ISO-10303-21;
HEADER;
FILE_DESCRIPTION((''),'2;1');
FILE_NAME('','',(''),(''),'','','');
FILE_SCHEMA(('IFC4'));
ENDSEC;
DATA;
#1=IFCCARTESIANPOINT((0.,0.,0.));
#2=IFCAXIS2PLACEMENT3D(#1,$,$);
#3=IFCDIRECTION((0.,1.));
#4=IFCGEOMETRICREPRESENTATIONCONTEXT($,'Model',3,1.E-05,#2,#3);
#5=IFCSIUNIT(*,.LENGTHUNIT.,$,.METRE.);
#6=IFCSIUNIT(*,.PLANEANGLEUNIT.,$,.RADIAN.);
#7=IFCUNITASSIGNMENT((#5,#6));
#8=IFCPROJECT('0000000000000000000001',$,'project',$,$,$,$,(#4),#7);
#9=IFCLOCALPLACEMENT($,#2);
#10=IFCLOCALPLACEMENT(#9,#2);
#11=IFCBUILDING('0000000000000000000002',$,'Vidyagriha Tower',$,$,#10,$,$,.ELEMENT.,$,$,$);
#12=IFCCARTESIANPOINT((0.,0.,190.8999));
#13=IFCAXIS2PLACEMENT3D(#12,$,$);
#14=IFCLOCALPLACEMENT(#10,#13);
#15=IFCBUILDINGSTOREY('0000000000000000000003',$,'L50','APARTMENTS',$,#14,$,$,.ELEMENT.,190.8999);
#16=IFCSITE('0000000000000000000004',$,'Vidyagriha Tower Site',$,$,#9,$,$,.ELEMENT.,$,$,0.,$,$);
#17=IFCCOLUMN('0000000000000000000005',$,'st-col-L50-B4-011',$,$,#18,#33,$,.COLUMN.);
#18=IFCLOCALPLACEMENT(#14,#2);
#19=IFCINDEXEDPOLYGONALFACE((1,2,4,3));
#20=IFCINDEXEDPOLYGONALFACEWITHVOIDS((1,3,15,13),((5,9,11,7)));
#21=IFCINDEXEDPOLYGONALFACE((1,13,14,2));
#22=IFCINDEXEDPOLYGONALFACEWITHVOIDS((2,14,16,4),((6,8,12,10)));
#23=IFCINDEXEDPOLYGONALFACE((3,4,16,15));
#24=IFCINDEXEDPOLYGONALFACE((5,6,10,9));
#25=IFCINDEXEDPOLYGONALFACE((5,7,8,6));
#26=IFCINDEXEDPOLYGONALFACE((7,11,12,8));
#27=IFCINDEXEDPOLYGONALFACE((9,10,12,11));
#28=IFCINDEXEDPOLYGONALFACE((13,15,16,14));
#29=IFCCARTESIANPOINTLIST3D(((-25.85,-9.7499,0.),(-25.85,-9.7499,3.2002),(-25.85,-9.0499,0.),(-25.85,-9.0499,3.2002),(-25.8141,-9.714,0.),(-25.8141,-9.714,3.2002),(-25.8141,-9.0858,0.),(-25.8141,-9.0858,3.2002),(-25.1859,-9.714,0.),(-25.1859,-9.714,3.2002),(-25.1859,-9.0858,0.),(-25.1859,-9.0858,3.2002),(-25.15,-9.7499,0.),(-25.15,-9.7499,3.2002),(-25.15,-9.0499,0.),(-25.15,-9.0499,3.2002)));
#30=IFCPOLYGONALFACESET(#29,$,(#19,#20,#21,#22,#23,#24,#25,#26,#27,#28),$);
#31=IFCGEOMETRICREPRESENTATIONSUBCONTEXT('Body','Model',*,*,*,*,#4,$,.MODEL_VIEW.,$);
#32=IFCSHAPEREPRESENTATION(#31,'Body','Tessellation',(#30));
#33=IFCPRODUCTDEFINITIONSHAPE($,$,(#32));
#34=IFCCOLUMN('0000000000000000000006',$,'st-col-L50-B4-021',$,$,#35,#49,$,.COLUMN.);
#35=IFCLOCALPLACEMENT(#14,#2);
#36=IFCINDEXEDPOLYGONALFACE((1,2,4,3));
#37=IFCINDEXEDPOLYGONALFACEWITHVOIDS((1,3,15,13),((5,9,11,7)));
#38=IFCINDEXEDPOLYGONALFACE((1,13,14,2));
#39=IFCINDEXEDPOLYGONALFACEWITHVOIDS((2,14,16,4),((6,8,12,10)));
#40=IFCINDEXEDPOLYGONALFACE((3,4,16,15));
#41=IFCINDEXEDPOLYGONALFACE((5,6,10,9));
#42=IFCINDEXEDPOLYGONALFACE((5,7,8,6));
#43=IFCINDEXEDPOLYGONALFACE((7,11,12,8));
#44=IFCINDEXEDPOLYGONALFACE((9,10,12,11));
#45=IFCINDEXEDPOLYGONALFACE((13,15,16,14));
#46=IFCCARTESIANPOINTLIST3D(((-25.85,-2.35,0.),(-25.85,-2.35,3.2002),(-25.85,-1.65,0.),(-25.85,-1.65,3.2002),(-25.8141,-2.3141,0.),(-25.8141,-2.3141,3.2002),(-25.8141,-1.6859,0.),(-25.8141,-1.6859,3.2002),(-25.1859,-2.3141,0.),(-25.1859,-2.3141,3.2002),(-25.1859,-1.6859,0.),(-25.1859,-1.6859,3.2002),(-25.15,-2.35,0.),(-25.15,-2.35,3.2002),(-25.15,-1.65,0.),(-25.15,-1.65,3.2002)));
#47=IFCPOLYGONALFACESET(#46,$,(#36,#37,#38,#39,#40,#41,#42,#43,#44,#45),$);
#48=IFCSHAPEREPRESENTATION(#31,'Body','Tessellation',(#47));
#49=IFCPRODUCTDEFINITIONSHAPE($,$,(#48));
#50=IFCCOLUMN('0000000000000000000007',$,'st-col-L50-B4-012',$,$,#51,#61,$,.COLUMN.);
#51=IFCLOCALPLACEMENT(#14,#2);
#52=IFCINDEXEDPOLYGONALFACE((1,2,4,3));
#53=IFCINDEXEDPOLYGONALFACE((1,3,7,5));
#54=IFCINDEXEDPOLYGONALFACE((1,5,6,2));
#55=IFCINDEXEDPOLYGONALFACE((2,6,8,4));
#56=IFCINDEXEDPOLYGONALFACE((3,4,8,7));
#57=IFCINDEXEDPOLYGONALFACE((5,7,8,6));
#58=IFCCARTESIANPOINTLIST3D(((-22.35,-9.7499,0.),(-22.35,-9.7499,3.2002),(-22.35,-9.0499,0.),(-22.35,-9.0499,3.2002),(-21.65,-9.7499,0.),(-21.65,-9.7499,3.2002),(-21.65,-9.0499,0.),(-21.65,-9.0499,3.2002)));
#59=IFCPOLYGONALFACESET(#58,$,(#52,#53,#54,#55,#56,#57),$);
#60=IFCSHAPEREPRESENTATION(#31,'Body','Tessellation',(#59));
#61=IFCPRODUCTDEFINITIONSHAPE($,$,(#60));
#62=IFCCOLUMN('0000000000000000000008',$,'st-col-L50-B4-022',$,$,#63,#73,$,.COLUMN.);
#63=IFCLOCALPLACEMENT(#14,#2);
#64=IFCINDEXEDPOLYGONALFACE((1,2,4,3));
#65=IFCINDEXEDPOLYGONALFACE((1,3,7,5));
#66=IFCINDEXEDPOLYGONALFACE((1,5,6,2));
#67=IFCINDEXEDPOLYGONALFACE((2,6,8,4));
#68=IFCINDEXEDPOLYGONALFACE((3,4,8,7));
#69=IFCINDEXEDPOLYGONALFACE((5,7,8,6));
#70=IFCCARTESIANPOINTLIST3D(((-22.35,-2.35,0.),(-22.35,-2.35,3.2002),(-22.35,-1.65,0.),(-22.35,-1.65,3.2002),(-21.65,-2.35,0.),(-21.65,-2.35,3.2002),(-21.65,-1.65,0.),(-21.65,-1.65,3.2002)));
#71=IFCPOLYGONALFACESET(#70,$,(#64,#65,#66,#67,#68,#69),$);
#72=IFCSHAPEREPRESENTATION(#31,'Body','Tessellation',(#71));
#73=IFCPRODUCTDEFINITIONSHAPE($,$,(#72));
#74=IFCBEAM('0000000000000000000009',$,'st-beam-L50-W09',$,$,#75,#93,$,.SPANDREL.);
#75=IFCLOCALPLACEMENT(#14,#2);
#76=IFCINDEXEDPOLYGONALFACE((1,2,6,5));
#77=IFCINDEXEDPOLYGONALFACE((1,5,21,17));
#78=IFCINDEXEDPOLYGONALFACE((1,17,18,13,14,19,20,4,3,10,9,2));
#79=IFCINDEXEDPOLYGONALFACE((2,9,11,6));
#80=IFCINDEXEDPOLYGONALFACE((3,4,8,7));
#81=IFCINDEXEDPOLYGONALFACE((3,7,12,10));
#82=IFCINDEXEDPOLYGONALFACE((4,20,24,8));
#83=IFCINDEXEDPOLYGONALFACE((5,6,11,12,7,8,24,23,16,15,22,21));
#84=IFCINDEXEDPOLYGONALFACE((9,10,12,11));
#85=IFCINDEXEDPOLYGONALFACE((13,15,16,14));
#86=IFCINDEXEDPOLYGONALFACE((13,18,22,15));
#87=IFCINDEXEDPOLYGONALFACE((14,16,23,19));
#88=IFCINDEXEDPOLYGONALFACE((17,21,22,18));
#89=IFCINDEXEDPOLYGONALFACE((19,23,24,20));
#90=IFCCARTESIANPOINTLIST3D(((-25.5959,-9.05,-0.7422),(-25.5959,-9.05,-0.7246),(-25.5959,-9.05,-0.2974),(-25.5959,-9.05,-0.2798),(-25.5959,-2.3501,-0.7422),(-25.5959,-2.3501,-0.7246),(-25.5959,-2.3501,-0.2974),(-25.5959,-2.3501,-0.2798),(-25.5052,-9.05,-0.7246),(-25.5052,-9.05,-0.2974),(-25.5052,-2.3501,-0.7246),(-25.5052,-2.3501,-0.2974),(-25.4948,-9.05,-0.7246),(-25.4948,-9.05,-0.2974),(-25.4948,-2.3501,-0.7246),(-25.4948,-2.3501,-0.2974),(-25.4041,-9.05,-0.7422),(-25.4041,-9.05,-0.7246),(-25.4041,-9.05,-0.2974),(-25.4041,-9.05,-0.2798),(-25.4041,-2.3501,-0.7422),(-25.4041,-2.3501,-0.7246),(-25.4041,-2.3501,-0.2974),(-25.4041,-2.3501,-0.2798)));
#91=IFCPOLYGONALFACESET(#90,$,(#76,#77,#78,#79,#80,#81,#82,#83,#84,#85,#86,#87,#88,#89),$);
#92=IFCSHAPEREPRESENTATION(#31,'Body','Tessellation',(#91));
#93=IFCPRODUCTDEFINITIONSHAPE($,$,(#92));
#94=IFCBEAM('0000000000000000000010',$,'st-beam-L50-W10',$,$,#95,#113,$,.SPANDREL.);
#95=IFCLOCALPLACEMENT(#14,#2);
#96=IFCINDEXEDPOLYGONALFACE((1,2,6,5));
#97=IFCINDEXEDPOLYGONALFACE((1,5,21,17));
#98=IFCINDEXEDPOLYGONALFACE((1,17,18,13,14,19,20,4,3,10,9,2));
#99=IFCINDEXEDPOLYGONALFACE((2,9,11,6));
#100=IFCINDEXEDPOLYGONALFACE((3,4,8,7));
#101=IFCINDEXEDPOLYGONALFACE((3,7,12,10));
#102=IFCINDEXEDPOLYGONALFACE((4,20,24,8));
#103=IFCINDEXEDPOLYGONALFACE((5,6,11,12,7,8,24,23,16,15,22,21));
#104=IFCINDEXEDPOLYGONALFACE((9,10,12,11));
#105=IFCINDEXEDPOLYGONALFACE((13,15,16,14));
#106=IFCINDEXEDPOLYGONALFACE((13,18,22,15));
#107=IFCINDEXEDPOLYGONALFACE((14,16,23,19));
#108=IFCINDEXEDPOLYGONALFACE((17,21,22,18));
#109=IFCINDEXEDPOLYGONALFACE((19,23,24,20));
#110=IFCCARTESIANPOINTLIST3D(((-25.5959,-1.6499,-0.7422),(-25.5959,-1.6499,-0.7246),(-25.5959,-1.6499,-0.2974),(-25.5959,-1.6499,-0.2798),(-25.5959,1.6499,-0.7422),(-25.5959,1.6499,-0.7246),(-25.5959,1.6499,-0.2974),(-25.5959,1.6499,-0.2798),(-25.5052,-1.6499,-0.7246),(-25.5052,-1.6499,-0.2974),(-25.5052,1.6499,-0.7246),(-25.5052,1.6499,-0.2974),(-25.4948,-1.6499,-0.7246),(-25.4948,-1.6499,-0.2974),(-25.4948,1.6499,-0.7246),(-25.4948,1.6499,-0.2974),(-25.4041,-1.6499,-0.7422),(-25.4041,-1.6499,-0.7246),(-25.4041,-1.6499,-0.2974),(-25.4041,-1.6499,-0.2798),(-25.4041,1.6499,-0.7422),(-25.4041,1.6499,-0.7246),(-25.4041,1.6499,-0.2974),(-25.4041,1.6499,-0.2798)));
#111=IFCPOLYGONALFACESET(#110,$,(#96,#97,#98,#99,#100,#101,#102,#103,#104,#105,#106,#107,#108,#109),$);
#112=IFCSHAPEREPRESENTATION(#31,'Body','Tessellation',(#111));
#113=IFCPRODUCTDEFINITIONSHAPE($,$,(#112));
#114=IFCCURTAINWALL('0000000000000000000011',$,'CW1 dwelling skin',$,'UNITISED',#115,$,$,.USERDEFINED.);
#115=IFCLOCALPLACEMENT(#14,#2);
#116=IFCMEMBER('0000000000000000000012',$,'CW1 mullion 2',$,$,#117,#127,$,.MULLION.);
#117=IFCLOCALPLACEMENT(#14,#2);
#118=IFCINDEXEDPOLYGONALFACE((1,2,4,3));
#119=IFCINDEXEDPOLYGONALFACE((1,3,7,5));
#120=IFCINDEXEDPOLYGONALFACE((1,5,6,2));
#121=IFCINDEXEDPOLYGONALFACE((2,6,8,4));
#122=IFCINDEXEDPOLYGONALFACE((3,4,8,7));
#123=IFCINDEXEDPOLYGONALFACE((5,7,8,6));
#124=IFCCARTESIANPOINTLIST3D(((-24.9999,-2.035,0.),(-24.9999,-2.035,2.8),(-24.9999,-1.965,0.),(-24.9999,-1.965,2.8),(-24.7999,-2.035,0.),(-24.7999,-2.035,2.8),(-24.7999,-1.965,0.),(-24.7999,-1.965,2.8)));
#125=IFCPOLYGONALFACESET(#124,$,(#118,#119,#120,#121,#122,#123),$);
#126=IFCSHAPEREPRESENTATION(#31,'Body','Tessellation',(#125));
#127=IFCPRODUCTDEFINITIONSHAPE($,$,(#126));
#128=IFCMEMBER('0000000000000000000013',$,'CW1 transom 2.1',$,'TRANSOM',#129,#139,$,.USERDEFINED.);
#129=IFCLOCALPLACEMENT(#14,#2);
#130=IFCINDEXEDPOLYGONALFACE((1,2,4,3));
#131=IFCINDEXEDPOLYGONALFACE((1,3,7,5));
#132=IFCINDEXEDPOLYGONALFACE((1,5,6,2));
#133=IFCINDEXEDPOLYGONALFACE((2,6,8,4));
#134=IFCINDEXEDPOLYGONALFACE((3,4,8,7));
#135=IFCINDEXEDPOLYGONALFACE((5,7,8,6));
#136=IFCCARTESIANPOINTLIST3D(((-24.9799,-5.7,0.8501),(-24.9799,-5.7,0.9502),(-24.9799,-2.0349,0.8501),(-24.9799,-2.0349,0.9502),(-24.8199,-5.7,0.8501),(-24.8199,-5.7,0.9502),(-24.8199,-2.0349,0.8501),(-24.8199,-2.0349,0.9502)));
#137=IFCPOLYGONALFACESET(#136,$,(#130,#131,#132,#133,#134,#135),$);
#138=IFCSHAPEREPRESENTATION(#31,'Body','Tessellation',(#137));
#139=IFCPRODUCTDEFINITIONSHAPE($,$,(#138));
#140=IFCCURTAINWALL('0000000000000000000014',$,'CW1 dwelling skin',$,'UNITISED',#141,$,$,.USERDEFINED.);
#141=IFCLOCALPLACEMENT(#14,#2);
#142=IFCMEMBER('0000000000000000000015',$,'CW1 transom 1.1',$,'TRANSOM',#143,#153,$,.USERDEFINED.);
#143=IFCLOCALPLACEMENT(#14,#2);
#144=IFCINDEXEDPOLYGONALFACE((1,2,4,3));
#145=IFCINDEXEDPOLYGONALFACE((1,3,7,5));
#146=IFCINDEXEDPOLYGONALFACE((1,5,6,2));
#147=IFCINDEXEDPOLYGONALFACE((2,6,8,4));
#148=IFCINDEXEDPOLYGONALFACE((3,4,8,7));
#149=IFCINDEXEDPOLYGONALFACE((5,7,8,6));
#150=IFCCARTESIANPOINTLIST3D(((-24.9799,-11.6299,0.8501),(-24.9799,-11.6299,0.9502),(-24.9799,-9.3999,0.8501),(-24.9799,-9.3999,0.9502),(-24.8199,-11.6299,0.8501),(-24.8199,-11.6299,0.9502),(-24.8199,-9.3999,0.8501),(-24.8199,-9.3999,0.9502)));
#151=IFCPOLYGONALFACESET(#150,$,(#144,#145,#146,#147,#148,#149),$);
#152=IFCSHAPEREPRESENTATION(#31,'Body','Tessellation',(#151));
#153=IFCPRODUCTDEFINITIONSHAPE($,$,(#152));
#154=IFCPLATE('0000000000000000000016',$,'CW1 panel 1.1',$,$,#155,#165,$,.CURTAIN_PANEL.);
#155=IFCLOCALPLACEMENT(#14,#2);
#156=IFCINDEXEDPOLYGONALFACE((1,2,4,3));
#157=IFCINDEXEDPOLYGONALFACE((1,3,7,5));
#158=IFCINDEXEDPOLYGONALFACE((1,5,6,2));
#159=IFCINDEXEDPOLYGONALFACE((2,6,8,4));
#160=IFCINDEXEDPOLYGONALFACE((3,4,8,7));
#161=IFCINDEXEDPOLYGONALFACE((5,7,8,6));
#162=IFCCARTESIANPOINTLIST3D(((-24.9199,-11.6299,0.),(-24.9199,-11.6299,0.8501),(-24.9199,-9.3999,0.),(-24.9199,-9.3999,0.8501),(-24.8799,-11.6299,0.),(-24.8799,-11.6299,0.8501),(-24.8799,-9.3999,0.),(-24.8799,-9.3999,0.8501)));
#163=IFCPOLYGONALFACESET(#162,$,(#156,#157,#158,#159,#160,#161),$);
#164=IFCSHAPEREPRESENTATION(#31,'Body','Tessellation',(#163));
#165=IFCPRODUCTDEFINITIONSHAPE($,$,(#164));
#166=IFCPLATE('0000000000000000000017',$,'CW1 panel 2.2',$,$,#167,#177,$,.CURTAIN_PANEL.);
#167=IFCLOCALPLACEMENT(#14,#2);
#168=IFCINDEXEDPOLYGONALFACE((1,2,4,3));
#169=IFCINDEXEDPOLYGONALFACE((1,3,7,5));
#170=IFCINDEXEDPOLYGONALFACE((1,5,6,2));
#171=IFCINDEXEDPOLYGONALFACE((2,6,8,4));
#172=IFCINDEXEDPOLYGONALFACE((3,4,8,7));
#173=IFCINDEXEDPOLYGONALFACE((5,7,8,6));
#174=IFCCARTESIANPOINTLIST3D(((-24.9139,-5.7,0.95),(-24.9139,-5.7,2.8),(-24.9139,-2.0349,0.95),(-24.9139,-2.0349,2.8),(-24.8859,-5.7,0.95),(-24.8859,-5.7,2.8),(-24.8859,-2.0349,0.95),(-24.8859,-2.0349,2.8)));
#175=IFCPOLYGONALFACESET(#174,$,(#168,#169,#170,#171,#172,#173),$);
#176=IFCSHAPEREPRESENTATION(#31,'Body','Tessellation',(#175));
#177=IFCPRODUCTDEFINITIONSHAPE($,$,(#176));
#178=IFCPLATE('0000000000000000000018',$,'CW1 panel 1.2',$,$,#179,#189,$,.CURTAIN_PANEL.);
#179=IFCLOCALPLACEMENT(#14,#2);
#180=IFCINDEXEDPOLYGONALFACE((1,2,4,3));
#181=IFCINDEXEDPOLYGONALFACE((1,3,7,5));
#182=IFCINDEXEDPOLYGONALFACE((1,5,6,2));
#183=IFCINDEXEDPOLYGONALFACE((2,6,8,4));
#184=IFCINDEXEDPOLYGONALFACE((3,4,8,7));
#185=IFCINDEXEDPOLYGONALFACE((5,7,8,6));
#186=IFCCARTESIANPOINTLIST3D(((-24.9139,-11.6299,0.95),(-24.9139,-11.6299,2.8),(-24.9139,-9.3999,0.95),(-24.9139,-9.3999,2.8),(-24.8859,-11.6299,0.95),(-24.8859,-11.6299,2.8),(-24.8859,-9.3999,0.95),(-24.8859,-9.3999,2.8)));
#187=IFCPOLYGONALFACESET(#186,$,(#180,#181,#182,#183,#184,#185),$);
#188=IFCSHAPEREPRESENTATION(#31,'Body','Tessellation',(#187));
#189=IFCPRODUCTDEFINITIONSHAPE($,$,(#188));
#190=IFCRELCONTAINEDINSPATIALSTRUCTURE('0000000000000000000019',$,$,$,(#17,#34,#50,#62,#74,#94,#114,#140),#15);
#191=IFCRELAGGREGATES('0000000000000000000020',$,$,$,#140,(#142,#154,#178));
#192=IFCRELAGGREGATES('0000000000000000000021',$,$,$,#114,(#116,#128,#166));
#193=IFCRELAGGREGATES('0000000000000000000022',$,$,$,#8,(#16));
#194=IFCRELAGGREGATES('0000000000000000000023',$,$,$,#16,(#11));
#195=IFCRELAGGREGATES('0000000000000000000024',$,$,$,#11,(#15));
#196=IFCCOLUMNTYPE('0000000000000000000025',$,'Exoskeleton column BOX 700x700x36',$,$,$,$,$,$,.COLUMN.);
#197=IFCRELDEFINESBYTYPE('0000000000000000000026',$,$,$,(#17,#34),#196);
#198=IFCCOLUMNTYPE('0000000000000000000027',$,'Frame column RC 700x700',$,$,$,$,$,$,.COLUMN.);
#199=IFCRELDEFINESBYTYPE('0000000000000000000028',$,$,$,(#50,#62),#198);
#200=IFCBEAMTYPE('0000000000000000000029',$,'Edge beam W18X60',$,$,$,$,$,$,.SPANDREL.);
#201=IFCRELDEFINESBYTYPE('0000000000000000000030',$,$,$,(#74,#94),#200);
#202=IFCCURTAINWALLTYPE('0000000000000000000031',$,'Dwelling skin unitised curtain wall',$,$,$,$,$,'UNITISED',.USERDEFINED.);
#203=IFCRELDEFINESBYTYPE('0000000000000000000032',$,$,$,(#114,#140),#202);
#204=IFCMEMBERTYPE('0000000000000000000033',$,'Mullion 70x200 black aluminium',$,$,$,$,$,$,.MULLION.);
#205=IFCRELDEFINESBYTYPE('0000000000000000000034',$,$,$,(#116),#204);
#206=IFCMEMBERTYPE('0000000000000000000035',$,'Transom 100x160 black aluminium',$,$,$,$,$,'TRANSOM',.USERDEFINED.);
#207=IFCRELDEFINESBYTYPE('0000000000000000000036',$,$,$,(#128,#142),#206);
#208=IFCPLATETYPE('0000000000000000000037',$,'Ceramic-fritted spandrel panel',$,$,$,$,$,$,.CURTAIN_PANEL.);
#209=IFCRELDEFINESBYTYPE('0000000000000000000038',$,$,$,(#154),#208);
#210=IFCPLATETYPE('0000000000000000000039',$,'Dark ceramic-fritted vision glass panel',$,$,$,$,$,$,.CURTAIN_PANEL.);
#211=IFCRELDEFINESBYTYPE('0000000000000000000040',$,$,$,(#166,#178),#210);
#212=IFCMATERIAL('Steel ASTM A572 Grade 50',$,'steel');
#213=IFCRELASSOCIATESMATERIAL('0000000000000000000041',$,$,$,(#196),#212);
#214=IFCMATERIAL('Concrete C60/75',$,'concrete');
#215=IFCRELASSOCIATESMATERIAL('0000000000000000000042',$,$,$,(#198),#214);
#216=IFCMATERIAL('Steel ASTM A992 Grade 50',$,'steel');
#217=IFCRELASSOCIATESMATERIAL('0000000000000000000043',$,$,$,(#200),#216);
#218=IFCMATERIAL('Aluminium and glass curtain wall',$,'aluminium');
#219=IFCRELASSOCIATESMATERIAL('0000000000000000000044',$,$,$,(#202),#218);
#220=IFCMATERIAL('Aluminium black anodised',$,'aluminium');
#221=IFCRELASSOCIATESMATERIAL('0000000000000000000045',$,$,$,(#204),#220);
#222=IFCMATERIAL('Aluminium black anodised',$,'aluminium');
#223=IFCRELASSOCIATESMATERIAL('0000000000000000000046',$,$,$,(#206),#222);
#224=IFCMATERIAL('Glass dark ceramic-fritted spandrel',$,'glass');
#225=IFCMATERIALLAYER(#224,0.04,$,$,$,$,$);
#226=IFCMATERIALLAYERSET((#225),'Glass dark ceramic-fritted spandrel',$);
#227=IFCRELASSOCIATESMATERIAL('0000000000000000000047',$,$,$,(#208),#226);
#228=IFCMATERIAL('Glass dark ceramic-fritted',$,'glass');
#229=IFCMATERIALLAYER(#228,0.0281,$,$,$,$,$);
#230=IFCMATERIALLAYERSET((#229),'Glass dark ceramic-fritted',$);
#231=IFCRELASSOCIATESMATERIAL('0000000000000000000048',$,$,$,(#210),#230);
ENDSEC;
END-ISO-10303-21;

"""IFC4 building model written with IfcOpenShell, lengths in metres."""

from ifc_helpers import new_model, si_unit, direction, frame, origin, origin_2d, place, context, subcontext, project, spatial, rectangle, hollow_rectangle, i_section, extrude, material, layer, layer_set, material_profile, profile_set, type_object, element, aggregate, save


model = new_model("IFC4")

# Units and contexts
model_context = context("Model", 3, precision=1e-05, world=origin(), true_north=direction((0.0, 1.0)))
body_context = subcontext(model_context, "Body", "Model", "MODEL_VIEW")
ifc_project = project(units=[si_unit("LENGTHUNIT", "METRE"), si_unit("PLANEANGLEUNIT", "RADIAN")], contexts=[model_context])

# Site, building, storey
site_placement = place(None, origin())
site = spatial("IfcSite", under=ifc_project, at=site_placement, Name="Vidyagriha Tower Site", CompositionType="ELEMENT", RefElevation=0.0)
building_placement = place(site_placement, origin())
building = spatial("IfcBuilding", under=site, at=building_placement, Name="Vidyagriha Tower", CompositionType="ELEMENT")
storey_placement = place(building_placement, frame((0.0, 0.0, 190.8999)))
storey = spatial("IfcBuildingStorey", under=building, at=storey_placement, Name="L50", Description="APARTMENTS", CompositionType="ELEMENT", Elevation=190.8999)

# Columns
ifc_material_1 = material(Name="Steel ASTM A572 Grade 50", Category="steel")
ifc_material_profile_1 = material_profile(ifc_material_1, hollow_rectangle(XDim=0.7, YDim=0.7, WallThickness=0.0359, at=origin_2d()), Name="BOX 700x700x36")
ifc_profile_set_1 = profile_set([ifc_material_profile_1], Name="Steel ASTM A572 Grade 50")
column_type_1 = type_object("IfcColumnType", Name="Exoskeleton column BOX 700x700x36", PredefinedType="COLUMN", material=ifc_profile_set_1)
for number, where, name in (
    (1, (-25.5, -9.3999, 0.0), "st-col-L50-B4-011"),
    (2, (-25.5, -2.0, 0.0), "st-col-L50-B4-021"),
):
    element("IfcColumn", number, at=place(storey_placement, frame(where)), inside=storey, type_object=column_type_1, Name=name, PredefinedType="COLUMN", context=body_context, shape_type="SweptSolid", body=[
        extrude(hollow_rectangle(XDim=0.7, YDim=0.7, WallThickness=0.0359, at=origin_2d()), origin(), (0.0, 0.0, 1.0), 3.2002),
    ])
ifc_material_2 = material(Name="Concrete C60/75", Category="concrete")
ifc_material_profile_2 = material_profile(ifc_material_2, rectangle(XDim=0.7, YDim=0.7, at=origin_2d()), Name="RC 700x700")
ifc_profile_set_2 = profile_set([ifc_material_profile_2], Name="Concrete C60/75")
column_type_2 = type_object("IfcColumnType", Name="Frame column RC 700x700", PredefinedType="COLUMN", material=ifc_profile_set_2)
for number, where, name in (
    (3, (-22.0, -9.3999, 0.0), "st-col-L50-B4-012"),
    (4, (-22.0, -2.0, 0.0), "st-col-L50-B4-022"),
):
    element("IfcColumn", number, at=place(storey_placement, frame(where)), inside=storey, type_object=column_type_2, Name=name, PredefinedType="COLUMN", context=body_context, shape_type="SweptSolid", body=[
        extrude(rectangle(XDim=0.7, YDim=0.7, at=origin_2d()), origin(), (0.0, 0.0, 1.0), 3.2002),
    ])

# Beams
ifc_material_3 = material(Name="Steel ASTM A992 Grade 50", Category="steel")
ifc_material_profile_3 = material_profile(ifc_material_3, i_section(OverallWidth=0.1919, OverallDepth=0.4624, WebThickness=0.0105, FlangeThickness=0.0176, at=origin_2d()), Name="W18X60")
ifc_profile_set_3 = profile_set([ifc_material_profile_3], Name="Steel ASTM A992 Grade 50")
beam_type = type_object("IfcBeamType", Name="Edge beam W18X60", PredefinedType="SPANDREL", material=ifc_profile_set_3)
beam_1_placement = place(storey_placement, frame((-25.5, -9.05, -0.511), z_axis=(0.0, 1.0, 0.0), x_axis=(-1.0, 0.0, 0.0)))
element("IfcBeam", 5, at=beam_1_placement, inside=storey, type_object=beam_type, Name="st-beam-L50-W09", PredefinedType="SPANDREL", context=body_context, shape_type="SweptSolid", body=[
    extrude(i_section(OverallWidth=0.1919, OverallDepth=0.4624, WebThickness=0.0105, FlangeThickness=0.0176, at=origin_2d()), origin(), (0.0, 0.0, 1.0), 6.7),
])
beam_2_placement = place(storey_placement, frame((-25.5, -1.6499, -0.511), z_axis=(0.0, 1.0, 0.0), x_axis=(-1.0, 0.0, 0.0)))
element("IfcBeam", 6, at=beam_2_placement, inside=storey, type_object=beam_type, Name="st-beam-L50-W10", PredefinedType="SPANDREL", context=body_context, shape_type="SweptSolid", body=[
    extrude(i_section(OverallWidth=0.1919, OverallDepth=0.4624, WebThickness=0.0105, FlangeThickness=0.0176, at=origin_2d()), origin(), (0.0, 0.0, 1.0), 3.2998),
])

# Curtain wall, members
ifc_material_4 = material(Name="Aluminium and glass curtain wall", Category="aluminium")
curtain_wall_type = type_object("IfcCurtainWallType", Name="Dwelling skin unitised curtain wall", ElementType="UNITISED", PredefinedType="USERDEFINED", material=ifc_material_4)
curtain_wall_1_placement = place(storey_placement, origin())
curtain_wall_1 = element("IfcCurtainWall", 7, at=curtain_wall_1_placement, inside=storey, type_object=curtain_wall_type, Name="CW1 dwelling skin", ObjectType="UNITISED", PredefinedType="USERDEFINED")
ifc_material_5 = material(Name="Aluminium black anodised", Category="aluminium")
ifc_material_profile_4 = material_profile(ifc_material_5, rectangle(XDim=0.2, YDim=0.0701, at=origin_2d()), Name="Mullion 70x200 black aluminium")
ifc_profile_set_4 = profile_set([ifc_material_profile_4], Name="Aluminium black anodised")
member_type_1 = type_object("IfcMemberType", Name="Mullion 70x200 black aluminium", PredefinedType="MULLION", material=ifc_profile_set_4)
member_1_placement = place(storey_placement, frame((-24.8999, -2.0, 0.0)))
member_1 = element("IfcMember", 8, at=member_1_placement, type_object=member_type_1, Name="CW1 mullion 2", PredefinedType="MULLION", context=body_context, shape_type="SweptSolid", body=[
    extrude(rectangle(XDim=0.2, YDim=0.0701, at=origin_2d()), origin(), (0.0, 0.0, 1.0), 2.8),
])
ifc_material_6 = material(Name="Aluminium black anodised", Category="aluminium")
ifc_material_profile_5 = material_profile(ifc_material_6, rectangle(XDim=0.1599, YDim=0.1001, at=origin_2d()), Name="Transom 100x160 black aluminium")
ifc_profile_set_5 = profile_set([ifc_material_profile_5], Name="Aluminium black anodised")
member_type_2 = type_object("IfcMemberType", Name="Transom 100x160 black aluminium", ElementType="TRANSOM", PredefinedType="USERDEFINED", material=ifc_profile_set_5)
member_2_placement = place(storey_placement, frame((-24.8999, -2.0349, 0.9001), z_axis=(0.0, -1.0, 0.0), x_axis=(1.0, 0.0, 0.0)))
member_2 = element("IfcMember", 9, at=member_2_placement, type_object=member_type_2, Name="CW1 transom 2.1", ObjectType="TRANSOM", PredefinedType="USERDEFINED", context=body_context, shape_type="SweptSolid", body=[
    extrude(rectangle(XDim=0.1599, YDim=0.1001, at=origin_2d()), origin(), (0.0, 0.0, 1.0), 3.665),
])

# Curtain wall, member, plate
curtain_wall_2_placement = place(storey_placement, origin())
curtain_wall_2 = element("IfcCurtainWall", 10, at=curtain_wall_2_placement, inside=storey, type_object=curtain_wall_type, Name="CW1 dwelling skin", ObjectType="UNITISED", PredefinedType="USERDEFINED")
member_3_placement = place(storey_placement, frame((-24.8999, -9.3999, 0.9001), z_axis=(0.0, -1.0, 0.0), x_axis=(1.0, 0.0, 0.0)))
member_3 = element("IfcMember", 11, at=member_3_placement, type_object=member_type_2, Name="CW1 transom 1.1", ObjectType="TRANSOM", PredefinedType="USERDEFINED", context=body_context, shape_type="SweptSolid", body=[
    extrude(rectangle(XDim=0.1599, YDim=0.1001, at=origin_2d()), origin(), (0.0, 0.0, 1.0), 2.23),
])
ifc_material_7 = material(Name="Glass dark ceramic-fritted spandrel", Category="glass")
ifc_layer_1 = layer(ifc_material_7, 0.04)
ifc_layer_set_1 = layer_set([ifc_layer_1], Name="Glass dark ceramic-fritted spandrel")
plate_type_1 = type_object("IfcPlateType", Name="Ceramic-fritted spandrel panel", PredefinedType="CURTAIN_PANEL", material=ifc_layer_set_1)
plate_1_placement = place(storey_placement, frame((-24.8999, -10.5149, 0.0), z_axis=(0.0, 0.0, 1.0), x_axis=(0.0, -1.0, 0.0)))
plate_1 = element("IfcPlate", 12, at=plate_1_placement, type_object=plate_type_1, Name="CW1 panel 1.1", PredefinedType="CURTAIN_PANEL", context=body_context, shape_type="SweptSolid", body=[
    extrude(rectangle(XDim=2.23, YDim=0.04, at=origin_2d()), origin(), (0.0, 0.0, 1.0), 0.8501),
])

# Plates
ifc_material_8 = material(Name="Glass dark ceramic-fritted", Category="glass")
ifc_layer_2 = layer(ifc_material_8, 0.0281)
ifc_layer_set_2 = layer_set([ifc_layer_2], Name="Glass dark ceramic-fritted")
plate_type_2 = type_object("IfcPlateType", Name="Dark ceramic-fritted vision glass panel", PredefinedType="CURTAIN_PANEL", material=ifc_layer_set_2)
plate_2_placement = place(storey_placement, frame((-24.8999, -3.8674, 0.95), z_axis=(0.0, 0.0, 1.0), x_axis=(0.0, -1.0, 0.0)))
plate_2 = element("IfcPlate", 13, at=plate_2_placement, type_object=plate_type_2, Name="CW1 panel 2.2", PredefinedType="CURTAIN_PANEL", context=body_context, shape_type="SweptSolid", body=[
    extrude(rectangle(XDim=3.665, YDim=0.0281, at=origin_2d()), origin(), (0.0, 0.0, 1.0), 1.8501),
])
plate_3_placement = place(storey_placement, frame((-24.8999, -10.5149, 0.95), z_axis=(0.0, 0.0, 1.0), x_axis=(0.0, -1.0, 0.0)))
plate_3 = element("IfcPlate", 14, at=plate_3_placement, type_object=plate_type_2, Name="CW1 panel 1.2", PredefinedType="CURTAIN_PANEL", context=body_context, shape_type="SweptSolid", body=[
    extrude(rectangle(XDim=2.23, YDim=0.0281, at=origin_2d()), origin(), (0.0, 0.0, 1.0), 1.8501),
])
aggregate(curtain_wall_2, [member_3, plate_1, plate_3])
aggregate(curtain_wall_1, [member_1, member_2, plate_2])

save(model, "model.ifc")
